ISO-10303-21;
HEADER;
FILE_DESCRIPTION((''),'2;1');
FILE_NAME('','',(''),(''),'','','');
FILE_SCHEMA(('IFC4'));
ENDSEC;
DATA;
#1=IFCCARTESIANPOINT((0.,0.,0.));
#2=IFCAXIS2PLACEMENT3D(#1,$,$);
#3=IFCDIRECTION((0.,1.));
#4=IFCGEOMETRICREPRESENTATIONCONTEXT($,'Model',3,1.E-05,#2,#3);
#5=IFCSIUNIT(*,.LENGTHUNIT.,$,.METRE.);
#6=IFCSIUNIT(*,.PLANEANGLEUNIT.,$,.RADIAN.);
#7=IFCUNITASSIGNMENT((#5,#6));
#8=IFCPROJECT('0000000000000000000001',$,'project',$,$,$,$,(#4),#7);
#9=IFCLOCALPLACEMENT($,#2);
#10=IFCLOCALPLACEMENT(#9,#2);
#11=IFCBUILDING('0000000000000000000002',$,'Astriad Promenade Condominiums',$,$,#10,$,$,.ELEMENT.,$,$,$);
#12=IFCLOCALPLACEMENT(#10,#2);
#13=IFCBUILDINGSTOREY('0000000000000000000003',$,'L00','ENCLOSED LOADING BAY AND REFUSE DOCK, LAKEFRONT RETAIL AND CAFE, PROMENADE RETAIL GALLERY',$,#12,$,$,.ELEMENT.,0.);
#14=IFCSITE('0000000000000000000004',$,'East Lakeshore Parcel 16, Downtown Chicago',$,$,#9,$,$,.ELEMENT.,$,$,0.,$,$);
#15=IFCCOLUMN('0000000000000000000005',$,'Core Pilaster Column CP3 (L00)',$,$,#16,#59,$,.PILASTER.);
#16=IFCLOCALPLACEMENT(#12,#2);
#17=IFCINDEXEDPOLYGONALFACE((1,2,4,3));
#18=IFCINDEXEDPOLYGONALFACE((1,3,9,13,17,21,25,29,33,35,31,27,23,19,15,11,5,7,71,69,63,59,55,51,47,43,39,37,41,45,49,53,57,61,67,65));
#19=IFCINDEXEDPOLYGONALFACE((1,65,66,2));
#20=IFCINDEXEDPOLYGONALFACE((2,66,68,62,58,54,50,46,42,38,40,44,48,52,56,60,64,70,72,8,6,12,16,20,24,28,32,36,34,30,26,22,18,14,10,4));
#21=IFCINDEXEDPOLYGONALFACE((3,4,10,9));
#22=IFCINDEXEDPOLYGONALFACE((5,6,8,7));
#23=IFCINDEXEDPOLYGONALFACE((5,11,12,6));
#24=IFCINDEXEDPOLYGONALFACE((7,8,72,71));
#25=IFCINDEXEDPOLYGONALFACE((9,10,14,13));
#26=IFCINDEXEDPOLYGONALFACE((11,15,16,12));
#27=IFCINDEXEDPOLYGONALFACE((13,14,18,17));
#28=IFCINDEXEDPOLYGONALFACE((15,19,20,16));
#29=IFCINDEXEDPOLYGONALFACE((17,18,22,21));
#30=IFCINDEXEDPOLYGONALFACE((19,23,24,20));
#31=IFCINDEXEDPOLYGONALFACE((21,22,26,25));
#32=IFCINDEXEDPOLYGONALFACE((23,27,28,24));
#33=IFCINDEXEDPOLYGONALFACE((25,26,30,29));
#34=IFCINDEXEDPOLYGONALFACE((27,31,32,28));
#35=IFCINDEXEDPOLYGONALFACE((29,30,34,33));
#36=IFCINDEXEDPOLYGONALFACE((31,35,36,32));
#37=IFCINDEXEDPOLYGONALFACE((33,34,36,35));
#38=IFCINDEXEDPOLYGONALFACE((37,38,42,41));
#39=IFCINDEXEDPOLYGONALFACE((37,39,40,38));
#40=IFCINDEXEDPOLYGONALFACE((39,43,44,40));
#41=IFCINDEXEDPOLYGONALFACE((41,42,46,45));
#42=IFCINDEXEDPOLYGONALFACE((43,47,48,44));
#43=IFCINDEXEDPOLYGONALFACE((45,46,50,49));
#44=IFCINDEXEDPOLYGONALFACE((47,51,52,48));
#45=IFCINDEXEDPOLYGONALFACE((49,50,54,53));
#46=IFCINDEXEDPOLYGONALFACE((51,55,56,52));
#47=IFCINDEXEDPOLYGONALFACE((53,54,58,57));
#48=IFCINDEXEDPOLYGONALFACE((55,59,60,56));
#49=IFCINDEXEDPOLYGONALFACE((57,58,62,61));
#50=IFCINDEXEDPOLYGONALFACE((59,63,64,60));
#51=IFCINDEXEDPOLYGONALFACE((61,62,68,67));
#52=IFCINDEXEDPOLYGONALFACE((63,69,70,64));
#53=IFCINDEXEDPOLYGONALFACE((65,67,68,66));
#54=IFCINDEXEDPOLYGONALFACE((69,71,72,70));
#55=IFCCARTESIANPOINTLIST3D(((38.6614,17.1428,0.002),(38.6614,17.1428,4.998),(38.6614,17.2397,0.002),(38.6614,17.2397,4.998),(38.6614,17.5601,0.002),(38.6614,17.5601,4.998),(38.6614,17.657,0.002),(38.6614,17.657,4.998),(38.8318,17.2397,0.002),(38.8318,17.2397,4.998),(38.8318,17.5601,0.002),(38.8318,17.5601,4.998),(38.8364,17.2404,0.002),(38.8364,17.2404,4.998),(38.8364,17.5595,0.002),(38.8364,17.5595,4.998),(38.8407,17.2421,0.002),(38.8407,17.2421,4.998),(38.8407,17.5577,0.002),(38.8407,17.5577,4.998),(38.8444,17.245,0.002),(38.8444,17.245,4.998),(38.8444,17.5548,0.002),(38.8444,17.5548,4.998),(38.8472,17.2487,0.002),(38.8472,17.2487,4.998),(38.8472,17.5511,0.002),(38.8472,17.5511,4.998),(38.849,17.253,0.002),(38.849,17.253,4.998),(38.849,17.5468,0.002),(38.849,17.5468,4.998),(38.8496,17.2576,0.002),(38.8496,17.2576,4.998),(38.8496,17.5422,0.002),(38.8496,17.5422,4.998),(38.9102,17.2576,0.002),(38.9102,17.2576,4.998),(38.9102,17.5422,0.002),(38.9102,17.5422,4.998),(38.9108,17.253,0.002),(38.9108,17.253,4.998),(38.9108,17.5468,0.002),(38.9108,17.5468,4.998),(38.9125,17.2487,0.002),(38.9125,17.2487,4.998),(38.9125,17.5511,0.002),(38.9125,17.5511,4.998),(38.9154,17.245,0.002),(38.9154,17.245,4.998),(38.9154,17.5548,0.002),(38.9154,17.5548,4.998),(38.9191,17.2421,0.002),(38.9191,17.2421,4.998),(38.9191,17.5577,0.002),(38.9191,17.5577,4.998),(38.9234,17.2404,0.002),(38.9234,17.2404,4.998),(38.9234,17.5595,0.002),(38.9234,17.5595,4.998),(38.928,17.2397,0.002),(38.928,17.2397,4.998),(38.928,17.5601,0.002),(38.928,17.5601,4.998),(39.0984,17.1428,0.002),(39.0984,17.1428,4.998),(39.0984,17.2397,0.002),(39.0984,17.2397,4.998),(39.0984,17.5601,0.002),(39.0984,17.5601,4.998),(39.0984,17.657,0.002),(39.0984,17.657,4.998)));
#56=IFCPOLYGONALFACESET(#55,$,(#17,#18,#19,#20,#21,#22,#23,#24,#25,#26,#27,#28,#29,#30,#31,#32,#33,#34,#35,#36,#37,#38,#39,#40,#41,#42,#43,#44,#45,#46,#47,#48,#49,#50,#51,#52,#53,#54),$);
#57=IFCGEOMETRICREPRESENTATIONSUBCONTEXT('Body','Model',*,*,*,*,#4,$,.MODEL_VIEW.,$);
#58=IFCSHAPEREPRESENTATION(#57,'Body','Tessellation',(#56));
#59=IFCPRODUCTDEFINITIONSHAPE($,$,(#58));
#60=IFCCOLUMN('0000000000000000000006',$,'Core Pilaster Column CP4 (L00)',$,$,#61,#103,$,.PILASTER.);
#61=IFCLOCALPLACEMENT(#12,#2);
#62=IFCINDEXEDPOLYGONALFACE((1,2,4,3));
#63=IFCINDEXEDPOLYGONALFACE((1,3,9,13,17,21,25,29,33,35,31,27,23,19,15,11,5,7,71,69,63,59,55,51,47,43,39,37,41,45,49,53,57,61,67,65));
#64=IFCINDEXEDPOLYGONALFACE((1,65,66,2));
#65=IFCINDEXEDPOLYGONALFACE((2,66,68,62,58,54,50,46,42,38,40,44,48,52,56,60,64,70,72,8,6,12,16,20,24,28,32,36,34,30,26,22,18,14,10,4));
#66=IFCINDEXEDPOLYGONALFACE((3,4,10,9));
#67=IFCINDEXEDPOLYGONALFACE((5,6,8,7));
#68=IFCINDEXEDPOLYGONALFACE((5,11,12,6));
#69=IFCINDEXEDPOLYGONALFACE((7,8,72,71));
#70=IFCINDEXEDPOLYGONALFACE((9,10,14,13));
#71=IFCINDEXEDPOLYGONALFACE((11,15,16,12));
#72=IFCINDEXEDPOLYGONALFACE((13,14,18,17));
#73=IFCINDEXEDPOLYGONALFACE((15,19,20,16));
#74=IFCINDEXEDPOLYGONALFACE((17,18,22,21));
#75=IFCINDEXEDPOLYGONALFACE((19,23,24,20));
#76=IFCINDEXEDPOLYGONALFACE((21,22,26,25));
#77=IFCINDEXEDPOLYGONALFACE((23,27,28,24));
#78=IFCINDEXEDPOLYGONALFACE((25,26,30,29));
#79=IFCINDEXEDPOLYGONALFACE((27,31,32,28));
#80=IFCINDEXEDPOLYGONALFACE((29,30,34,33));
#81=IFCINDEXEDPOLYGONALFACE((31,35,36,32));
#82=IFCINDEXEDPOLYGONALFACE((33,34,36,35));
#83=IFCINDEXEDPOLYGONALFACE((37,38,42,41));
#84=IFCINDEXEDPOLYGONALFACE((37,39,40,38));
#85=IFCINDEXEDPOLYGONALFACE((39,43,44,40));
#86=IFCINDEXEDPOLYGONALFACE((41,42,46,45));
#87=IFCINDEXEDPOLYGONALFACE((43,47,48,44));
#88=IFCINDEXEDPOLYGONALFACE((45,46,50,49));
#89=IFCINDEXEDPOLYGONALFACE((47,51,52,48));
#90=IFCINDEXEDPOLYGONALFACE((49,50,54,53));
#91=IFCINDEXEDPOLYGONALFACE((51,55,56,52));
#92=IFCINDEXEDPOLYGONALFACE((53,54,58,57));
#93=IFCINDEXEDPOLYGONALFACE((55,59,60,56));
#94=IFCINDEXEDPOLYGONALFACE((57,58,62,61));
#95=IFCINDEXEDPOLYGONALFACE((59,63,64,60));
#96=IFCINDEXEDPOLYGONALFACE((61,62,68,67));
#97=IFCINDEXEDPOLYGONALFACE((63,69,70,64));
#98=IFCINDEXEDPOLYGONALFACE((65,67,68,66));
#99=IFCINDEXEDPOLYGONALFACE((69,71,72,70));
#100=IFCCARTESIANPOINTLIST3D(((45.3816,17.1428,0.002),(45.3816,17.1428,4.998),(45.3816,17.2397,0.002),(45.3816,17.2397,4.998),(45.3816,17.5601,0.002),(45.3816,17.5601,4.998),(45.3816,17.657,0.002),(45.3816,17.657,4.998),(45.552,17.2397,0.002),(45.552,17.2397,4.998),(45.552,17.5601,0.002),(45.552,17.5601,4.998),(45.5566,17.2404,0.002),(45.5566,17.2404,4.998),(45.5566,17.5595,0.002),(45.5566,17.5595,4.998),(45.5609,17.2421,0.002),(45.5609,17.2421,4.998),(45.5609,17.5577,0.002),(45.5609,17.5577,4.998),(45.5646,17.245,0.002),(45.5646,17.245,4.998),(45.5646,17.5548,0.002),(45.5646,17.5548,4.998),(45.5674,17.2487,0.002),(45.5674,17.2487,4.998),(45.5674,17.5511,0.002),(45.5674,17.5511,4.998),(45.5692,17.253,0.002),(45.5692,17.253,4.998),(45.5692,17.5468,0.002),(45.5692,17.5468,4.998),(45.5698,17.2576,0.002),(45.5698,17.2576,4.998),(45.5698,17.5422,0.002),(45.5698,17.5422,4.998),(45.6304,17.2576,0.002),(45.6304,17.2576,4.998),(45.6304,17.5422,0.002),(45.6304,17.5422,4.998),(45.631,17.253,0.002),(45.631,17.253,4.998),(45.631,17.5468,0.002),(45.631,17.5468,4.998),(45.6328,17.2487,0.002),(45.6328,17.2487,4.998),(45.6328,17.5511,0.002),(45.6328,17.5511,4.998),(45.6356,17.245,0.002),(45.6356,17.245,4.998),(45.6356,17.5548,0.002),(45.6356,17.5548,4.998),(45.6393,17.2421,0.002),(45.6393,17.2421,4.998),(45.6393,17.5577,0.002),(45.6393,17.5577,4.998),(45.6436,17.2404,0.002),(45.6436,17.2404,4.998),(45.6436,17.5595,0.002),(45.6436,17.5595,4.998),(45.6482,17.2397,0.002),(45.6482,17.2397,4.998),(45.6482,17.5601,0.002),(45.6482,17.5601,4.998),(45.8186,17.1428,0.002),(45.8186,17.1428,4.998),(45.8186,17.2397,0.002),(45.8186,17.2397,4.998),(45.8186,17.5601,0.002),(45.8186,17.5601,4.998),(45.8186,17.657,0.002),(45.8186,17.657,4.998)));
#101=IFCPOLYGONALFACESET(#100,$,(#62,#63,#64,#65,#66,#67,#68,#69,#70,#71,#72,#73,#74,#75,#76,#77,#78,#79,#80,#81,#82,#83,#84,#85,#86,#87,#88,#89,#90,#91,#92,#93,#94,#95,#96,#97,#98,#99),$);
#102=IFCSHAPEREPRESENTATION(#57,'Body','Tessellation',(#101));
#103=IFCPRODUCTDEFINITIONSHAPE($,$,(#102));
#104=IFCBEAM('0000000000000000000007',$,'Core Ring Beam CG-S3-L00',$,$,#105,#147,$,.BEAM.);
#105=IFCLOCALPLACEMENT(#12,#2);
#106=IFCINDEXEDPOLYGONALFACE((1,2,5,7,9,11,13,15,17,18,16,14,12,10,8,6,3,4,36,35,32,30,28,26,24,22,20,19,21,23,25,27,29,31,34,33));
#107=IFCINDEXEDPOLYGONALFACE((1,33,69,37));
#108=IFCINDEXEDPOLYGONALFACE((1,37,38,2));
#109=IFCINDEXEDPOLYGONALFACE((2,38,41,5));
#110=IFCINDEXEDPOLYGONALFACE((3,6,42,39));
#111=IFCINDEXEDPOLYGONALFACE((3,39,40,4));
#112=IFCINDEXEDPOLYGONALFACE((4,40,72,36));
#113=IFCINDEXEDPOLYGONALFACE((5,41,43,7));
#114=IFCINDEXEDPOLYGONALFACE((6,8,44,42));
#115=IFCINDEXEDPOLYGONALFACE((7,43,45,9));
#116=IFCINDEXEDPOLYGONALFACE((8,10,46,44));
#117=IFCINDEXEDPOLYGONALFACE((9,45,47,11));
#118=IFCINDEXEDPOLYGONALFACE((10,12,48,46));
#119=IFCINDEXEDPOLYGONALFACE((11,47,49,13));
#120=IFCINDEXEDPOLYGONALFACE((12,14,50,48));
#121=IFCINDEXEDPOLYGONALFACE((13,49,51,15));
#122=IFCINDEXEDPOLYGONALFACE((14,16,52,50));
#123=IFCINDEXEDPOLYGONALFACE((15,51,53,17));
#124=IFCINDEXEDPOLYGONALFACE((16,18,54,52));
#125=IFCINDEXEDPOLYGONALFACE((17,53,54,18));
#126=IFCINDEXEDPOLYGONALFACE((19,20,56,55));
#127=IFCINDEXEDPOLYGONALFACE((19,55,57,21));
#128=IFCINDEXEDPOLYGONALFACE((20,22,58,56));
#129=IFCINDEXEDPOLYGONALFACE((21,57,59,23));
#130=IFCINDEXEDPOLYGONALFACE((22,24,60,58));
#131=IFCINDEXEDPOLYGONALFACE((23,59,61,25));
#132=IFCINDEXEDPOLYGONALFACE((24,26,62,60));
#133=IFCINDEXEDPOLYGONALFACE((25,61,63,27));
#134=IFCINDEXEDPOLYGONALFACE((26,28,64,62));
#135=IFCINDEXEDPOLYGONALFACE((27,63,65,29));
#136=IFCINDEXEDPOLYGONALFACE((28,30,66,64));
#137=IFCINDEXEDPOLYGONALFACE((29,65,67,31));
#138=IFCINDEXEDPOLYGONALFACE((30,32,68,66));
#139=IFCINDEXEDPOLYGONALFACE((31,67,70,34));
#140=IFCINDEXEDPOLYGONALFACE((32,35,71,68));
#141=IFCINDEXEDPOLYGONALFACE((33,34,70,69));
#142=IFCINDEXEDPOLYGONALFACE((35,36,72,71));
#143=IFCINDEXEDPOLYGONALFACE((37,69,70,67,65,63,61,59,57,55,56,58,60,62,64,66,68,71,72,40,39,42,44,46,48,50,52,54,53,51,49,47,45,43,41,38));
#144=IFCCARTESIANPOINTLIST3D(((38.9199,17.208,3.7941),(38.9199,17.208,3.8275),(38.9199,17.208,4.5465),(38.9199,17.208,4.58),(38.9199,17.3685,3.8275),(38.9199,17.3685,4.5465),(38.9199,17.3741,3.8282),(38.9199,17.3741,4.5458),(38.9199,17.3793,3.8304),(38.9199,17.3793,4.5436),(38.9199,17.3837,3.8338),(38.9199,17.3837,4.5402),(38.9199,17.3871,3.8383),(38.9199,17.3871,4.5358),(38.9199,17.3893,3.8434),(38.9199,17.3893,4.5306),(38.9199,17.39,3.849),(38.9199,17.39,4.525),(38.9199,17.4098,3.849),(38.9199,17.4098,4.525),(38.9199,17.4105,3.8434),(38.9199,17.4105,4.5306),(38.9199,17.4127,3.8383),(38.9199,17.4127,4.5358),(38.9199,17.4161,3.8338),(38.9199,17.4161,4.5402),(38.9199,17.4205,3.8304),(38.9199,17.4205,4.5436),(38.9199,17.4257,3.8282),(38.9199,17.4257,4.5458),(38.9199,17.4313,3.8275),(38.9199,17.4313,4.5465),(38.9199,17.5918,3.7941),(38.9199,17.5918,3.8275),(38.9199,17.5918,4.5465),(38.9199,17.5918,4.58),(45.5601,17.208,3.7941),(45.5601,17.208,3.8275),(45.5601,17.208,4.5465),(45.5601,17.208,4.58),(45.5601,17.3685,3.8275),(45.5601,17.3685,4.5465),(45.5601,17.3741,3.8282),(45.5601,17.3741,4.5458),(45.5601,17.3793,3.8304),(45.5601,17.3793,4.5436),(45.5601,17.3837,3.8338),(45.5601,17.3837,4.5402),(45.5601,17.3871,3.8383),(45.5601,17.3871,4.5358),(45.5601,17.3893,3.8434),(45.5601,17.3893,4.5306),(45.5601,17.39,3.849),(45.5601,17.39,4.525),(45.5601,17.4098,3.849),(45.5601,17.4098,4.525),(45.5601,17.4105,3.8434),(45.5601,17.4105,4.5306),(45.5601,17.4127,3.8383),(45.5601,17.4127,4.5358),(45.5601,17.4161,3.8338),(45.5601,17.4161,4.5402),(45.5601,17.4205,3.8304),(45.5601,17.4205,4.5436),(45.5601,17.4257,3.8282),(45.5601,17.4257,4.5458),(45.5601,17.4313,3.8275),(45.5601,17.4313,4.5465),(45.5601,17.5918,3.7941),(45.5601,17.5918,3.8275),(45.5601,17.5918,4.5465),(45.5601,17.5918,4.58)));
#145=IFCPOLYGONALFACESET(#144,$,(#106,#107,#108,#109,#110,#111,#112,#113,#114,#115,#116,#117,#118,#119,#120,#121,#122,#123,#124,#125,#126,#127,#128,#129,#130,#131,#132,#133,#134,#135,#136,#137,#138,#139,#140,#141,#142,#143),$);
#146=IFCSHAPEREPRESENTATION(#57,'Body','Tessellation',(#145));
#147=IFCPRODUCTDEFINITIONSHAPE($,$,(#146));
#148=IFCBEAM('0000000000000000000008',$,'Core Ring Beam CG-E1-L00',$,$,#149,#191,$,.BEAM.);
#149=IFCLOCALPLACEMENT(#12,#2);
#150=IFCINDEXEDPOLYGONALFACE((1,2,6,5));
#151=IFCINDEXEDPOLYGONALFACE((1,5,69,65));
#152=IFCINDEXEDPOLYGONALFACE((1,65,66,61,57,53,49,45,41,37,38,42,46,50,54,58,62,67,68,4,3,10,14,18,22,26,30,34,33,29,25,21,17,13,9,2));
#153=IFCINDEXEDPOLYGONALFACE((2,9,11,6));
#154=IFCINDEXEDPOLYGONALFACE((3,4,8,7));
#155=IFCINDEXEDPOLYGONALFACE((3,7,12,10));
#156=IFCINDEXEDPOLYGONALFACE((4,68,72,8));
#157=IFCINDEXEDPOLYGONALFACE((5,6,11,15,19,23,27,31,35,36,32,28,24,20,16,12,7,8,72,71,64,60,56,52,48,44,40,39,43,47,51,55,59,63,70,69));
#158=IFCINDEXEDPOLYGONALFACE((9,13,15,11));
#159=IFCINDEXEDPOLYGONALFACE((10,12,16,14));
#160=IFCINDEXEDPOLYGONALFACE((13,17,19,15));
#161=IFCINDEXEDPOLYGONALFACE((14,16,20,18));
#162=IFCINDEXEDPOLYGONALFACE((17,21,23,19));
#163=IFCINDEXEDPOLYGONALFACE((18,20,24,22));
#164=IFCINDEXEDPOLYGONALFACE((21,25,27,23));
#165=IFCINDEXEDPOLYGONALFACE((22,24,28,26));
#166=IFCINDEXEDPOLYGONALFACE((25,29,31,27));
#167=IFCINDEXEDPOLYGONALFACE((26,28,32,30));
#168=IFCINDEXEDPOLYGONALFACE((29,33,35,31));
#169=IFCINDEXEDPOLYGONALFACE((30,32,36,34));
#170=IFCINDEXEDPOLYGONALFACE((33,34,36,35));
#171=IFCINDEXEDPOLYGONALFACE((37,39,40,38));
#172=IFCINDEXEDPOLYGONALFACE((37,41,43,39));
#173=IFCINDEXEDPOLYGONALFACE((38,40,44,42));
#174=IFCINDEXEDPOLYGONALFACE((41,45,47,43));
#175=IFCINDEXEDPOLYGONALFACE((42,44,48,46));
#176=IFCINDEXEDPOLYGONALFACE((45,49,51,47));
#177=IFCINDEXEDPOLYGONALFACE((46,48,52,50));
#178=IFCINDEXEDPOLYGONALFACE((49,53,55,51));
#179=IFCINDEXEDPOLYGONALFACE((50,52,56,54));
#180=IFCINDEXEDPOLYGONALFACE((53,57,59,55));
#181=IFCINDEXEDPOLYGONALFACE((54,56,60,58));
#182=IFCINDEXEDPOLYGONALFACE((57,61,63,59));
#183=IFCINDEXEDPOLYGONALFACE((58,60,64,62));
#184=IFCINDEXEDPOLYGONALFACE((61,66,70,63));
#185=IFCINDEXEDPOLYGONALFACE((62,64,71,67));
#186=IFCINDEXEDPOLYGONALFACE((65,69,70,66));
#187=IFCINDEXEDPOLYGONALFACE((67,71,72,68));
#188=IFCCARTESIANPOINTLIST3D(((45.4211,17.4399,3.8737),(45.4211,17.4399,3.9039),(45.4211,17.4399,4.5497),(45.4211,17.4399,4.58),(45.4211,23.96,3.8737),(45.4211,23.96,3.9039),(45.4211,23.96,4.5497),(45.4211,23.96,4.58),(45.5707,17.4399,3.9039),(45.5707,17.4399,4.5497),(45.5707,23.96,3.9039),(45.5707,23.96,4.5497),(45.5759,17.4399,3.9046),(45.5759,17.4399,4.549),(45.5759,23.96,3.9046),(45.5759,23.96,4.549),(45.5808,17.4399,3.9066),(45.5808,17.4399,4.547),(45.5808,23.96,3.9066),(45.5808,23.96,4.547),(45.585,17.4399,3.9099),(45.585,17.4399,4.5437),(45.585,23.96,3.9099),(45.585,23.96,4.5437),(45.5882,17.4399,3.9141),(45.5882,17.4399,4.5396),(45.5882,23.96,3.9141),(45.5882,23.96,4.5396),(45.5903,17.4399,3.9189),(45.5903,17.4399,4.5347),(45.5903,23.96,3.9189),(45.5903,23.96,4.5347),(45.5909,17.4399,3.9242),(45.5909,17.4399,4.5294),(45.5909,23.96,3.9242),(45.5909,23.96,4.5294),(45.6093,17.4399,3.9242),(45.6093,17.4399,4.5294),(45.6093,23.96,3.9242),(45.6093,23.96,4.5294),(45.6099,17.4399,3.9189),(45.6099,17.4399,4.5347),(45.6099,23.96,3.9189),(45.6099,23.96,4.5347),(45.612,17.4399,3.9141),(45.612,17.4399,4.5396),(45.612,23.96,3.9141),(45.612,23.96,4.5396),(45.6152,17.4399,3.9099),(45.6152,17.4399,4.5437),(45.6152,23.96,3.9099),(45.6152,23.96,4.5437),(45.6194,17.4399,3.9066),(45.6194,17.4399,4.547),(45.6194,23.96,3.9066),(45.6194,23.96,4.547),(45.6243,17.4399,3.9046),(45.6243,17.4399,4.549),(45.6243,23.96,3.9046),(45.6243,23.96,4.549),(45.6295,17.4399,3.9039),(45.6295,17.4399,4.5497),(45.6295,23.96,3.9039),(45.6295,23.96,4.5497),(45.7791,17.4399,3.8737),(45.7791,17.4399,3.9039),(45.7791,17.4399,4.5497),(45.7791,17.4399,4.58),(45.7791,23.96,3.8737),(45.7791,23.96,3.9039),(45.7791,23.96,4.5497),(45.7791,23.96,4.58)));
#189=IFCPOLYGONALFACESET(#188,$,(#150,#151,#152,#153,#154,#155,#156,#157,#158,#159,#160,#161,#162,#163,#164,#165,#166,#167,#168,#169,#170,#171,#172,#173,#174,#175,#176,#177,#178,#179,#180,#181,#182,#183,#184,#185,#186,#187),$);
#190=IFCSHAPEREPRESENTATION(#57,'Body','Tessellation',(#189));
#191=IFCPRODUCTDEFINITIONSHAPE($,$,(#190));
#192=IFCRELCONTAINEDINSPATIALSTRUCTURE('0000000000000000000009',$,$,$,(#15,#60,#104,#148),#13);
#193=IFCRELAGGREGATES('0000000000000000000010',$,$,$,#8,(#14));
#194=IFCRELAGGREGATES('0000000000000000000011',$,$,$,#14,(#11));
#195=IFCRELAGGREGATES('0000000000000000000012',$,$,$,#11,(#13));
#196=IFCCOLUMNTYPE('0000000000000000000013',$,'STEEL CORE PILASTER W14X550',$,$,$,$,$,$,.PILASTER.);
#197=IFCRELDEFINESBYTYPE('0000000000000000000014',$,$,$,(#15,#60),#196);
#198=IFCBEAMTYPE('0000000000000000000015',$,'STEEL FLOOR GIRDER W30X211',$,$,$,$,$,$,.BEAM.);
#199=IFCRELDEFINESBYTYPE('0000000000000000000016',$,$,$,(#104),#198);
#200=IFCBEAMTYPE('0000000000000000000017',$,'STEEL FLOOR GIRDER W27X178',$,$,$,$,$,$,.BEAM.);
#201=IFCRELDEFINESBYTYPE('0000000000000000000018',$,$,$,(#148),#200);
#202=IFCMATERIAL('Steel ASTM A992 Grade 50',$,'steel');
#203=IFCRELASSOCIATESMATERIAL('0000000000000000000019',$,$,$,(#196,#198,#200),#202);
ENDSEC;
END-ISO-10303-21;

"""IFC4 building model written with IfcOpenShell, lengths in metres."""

from ifc_helpers import new_model, si_unit, direction, frame, origin, origin_2d, place, context, subcontext, project, spatial, i_section, extrude, source, transform, mapped, material, material_profile, profile_set, type_object, type_shapes, element, save


model = new_model("IFC4")

# Units and contexts
model_context = context("Model", 3, precision=1e-05, world=origin(), true_north=direction((0.0, 1.0)))
body_context = subcontext(model_context, "Body", "Model", "MODEL_VIEW")
ifc_project = project(units=[si_unit("LENGTHUNIT", "METRE"), si_unit("PLANEANGLEUNIT", "RADIAN")], contexts=[model_context])

# Site, building, storey
site_placement = place(None, origin())
site = spatial("IfcSite", under=ifc_project, at=site_placement, Name="East Lakeshore Parcel 16, Downtown Chicago", CompositionType="ELEMENT", RefElevation=0.0)
building_placement = place(site_placement, origin())
building = spatial("IfcBuilding", under=site, at=building_placement, Name="Astriad Promenade Condominiums", CompositionType="ELEMENT")
storey_placement = place(building_placement, origin())
storey = spatial("IfcBuildingStorey", under=building, at=storey_placement, Name="L00", Description="ENCLOSED LOADING BAY AND REFUSE DOCK, LAKEFRONT RETAIL AND CAFE, PROMENADE RETAIL GALLERY", CompositionType="ELEMENT", Elevation=0.0)

# Columns
ifc_material_1 = material(Name="Steel ASTM A992 Grade 50", Category="steel")
ifc_material_profile_1 = material_profile(ifc_material_1, i_section(OverallWidth=0.437, OverallDepth=0.5142, WebThickness=0.0605, FlangeThickness=0.0969, FilletRadius=0.0178, at=origin_2d()), Name="W14X550")
ifc_profile_set_1 = profile_set([ifc_material_profile_1], Name="Steel ASTM A992 Grade 50")
column_type = type_object("IfcColumnType", Name="STEEL CORE PILASTER W14X550", PredefinedType="PILASTER", material=ifc_profile_set_1)
shared_shape_1 = source(origin(), body_context, "Body", "SweptSolid", [
    extrude(i_section(OverallWidth=0.437, OverallDepth=0.5142, WebThickness=0.0605, FlangeThickness=0.0969, FilletRadius=0.0178, at=origin_2d()), origin(), (0.0, 0.0, 1.0), 4.9961),
])
type_shapes(column_type, [shared_shape_1])
for number, where, z_axis, x_axis, name in (
    (1, (38.8799, 17.3999, 0.002), (0.0, 0.0, 1.0), (1.0, 0.0, 0.0), "Core Pilaster Column CP3 (L00)"),
    (2, (45.6001, 17.3999, 0.002), (0.0, 0.0, 1.0), (1.0, 0.0, 0.0), "Core Pilaster Column CP4 (L00)"),
):
    element("IfcColumn", number, at=place(storey_placement, frame(where, z_axis=z_axis, x_axis=x_axis)), inside=storey, type_object=column_type, Name=name, PredefinedType="PILASTER", context=body_context, shape_type="MappedRepresentation", body=[
        mapped(shared_shape_1, transform((0.0, 0.0, 0.0), scale=1.0)),
    ])

# Beams
ifc_material_profile_2 = material_profile(ifc_material_1, i_section(OverallWidth=0.3838, OverallDepth=0.7859, WebThickness=0.0198, FlangeThickness=0.0334, FilletRadius=0.0215, at=origin_2d()), Name="W30X211")
ifc_profile_set_2 = profile_set([ifc_material_profile_2], Name="Steel ASTM A992 Grade 50")
beam_type_1 = type_object("IfcBeamType", Name="STEEL FLOOR GIRDER W30X211", PredefinedType="BEAM", material=ifc_profile_set_2)
shared_shape_2 = source(origin(), body_context, "Body", "SweptSolid", [
    extrude(i_section(OverallWidth=0.3838, OverallDepth=0.7859, WebThickness=0.0198, FlangeThickness=0.0334, FilletRadius=0.0215, at=origin_2d()), origin(), (0.0, 0.0, 1.0), 6.6401),
])
type_shapes(beam_type_1, [shared_shape_2])
beam_1_placement = place(storey_placement, frame((38.9199, 17.3999, 4.187), z_axis=(1.0, 0.0, 0.0), x_axis=(0.0, 1.0, 0.0)))
element("IfcBeam", 3, at=beam_1_placement, inside=storey, type_object=beam_type_1, Name="Core Ring Beam CG-S3-L00", PredefinedType="BEAM", context=body_context, shape_type="MappedRepresentation", body=[
    mapped(shared_shape_2, transform((0.0, 0.0, 0.0), scale=1.0)),
])
ifc_material_profile_3 = material_profile(ifc_material_1, i_section(OverallWidth=0.3579, OverallDepth=0.7063, WebThickness=0.0183, FlangeThickness=0.0303, FilletRadius=0.0203, at=origin_2d()), Name="W27X178")
ifc_profile_set_3 = profile_set([ifc_material_profile_3], Name="Steel ASTM A992 Grade 50")
beam_type_2 = type_object("IfcBeamType", Name="STEEL FLOOR GIRDER W27X178", PredefinedType="BEAM", material=ifc_profile_set_3)
shared_shape_3 = source(origin(), body_context, "Body", "SweptSolid", [
    extrude(i_section(OverallWidth=0.3579, OverallDepth=0.7063, WebThickness=0.0183, FlangeThickness=0.0303, FilletRadius=0.0203, at=origin_2d()), origin(), (0.0, 0.0, 1.0), 6.52),
])
type_shapes(beam_type_2, [shared_shape_3])
beam_2_placement = place(storey_placement, frame((45.6001, 17.4399, 4.2268), z_axis=(0.0, 1.0, 0.0), x_axis=(-1.0, 0.0, 0.0)))
element("IfcBeam", 4, at=beam_2_placement, inside=storey, type_object=beam_type_2, Name="Core Ring Beam CG-E1-L00", PredefinedType="BEAM", context=body_context, shape_type="MappedRepresentation", body=[
    mapped(shared_shape_3, transform((0.0, 0.0, 0.0), scale=1.0)),
])

save(model, "model.ifc")
